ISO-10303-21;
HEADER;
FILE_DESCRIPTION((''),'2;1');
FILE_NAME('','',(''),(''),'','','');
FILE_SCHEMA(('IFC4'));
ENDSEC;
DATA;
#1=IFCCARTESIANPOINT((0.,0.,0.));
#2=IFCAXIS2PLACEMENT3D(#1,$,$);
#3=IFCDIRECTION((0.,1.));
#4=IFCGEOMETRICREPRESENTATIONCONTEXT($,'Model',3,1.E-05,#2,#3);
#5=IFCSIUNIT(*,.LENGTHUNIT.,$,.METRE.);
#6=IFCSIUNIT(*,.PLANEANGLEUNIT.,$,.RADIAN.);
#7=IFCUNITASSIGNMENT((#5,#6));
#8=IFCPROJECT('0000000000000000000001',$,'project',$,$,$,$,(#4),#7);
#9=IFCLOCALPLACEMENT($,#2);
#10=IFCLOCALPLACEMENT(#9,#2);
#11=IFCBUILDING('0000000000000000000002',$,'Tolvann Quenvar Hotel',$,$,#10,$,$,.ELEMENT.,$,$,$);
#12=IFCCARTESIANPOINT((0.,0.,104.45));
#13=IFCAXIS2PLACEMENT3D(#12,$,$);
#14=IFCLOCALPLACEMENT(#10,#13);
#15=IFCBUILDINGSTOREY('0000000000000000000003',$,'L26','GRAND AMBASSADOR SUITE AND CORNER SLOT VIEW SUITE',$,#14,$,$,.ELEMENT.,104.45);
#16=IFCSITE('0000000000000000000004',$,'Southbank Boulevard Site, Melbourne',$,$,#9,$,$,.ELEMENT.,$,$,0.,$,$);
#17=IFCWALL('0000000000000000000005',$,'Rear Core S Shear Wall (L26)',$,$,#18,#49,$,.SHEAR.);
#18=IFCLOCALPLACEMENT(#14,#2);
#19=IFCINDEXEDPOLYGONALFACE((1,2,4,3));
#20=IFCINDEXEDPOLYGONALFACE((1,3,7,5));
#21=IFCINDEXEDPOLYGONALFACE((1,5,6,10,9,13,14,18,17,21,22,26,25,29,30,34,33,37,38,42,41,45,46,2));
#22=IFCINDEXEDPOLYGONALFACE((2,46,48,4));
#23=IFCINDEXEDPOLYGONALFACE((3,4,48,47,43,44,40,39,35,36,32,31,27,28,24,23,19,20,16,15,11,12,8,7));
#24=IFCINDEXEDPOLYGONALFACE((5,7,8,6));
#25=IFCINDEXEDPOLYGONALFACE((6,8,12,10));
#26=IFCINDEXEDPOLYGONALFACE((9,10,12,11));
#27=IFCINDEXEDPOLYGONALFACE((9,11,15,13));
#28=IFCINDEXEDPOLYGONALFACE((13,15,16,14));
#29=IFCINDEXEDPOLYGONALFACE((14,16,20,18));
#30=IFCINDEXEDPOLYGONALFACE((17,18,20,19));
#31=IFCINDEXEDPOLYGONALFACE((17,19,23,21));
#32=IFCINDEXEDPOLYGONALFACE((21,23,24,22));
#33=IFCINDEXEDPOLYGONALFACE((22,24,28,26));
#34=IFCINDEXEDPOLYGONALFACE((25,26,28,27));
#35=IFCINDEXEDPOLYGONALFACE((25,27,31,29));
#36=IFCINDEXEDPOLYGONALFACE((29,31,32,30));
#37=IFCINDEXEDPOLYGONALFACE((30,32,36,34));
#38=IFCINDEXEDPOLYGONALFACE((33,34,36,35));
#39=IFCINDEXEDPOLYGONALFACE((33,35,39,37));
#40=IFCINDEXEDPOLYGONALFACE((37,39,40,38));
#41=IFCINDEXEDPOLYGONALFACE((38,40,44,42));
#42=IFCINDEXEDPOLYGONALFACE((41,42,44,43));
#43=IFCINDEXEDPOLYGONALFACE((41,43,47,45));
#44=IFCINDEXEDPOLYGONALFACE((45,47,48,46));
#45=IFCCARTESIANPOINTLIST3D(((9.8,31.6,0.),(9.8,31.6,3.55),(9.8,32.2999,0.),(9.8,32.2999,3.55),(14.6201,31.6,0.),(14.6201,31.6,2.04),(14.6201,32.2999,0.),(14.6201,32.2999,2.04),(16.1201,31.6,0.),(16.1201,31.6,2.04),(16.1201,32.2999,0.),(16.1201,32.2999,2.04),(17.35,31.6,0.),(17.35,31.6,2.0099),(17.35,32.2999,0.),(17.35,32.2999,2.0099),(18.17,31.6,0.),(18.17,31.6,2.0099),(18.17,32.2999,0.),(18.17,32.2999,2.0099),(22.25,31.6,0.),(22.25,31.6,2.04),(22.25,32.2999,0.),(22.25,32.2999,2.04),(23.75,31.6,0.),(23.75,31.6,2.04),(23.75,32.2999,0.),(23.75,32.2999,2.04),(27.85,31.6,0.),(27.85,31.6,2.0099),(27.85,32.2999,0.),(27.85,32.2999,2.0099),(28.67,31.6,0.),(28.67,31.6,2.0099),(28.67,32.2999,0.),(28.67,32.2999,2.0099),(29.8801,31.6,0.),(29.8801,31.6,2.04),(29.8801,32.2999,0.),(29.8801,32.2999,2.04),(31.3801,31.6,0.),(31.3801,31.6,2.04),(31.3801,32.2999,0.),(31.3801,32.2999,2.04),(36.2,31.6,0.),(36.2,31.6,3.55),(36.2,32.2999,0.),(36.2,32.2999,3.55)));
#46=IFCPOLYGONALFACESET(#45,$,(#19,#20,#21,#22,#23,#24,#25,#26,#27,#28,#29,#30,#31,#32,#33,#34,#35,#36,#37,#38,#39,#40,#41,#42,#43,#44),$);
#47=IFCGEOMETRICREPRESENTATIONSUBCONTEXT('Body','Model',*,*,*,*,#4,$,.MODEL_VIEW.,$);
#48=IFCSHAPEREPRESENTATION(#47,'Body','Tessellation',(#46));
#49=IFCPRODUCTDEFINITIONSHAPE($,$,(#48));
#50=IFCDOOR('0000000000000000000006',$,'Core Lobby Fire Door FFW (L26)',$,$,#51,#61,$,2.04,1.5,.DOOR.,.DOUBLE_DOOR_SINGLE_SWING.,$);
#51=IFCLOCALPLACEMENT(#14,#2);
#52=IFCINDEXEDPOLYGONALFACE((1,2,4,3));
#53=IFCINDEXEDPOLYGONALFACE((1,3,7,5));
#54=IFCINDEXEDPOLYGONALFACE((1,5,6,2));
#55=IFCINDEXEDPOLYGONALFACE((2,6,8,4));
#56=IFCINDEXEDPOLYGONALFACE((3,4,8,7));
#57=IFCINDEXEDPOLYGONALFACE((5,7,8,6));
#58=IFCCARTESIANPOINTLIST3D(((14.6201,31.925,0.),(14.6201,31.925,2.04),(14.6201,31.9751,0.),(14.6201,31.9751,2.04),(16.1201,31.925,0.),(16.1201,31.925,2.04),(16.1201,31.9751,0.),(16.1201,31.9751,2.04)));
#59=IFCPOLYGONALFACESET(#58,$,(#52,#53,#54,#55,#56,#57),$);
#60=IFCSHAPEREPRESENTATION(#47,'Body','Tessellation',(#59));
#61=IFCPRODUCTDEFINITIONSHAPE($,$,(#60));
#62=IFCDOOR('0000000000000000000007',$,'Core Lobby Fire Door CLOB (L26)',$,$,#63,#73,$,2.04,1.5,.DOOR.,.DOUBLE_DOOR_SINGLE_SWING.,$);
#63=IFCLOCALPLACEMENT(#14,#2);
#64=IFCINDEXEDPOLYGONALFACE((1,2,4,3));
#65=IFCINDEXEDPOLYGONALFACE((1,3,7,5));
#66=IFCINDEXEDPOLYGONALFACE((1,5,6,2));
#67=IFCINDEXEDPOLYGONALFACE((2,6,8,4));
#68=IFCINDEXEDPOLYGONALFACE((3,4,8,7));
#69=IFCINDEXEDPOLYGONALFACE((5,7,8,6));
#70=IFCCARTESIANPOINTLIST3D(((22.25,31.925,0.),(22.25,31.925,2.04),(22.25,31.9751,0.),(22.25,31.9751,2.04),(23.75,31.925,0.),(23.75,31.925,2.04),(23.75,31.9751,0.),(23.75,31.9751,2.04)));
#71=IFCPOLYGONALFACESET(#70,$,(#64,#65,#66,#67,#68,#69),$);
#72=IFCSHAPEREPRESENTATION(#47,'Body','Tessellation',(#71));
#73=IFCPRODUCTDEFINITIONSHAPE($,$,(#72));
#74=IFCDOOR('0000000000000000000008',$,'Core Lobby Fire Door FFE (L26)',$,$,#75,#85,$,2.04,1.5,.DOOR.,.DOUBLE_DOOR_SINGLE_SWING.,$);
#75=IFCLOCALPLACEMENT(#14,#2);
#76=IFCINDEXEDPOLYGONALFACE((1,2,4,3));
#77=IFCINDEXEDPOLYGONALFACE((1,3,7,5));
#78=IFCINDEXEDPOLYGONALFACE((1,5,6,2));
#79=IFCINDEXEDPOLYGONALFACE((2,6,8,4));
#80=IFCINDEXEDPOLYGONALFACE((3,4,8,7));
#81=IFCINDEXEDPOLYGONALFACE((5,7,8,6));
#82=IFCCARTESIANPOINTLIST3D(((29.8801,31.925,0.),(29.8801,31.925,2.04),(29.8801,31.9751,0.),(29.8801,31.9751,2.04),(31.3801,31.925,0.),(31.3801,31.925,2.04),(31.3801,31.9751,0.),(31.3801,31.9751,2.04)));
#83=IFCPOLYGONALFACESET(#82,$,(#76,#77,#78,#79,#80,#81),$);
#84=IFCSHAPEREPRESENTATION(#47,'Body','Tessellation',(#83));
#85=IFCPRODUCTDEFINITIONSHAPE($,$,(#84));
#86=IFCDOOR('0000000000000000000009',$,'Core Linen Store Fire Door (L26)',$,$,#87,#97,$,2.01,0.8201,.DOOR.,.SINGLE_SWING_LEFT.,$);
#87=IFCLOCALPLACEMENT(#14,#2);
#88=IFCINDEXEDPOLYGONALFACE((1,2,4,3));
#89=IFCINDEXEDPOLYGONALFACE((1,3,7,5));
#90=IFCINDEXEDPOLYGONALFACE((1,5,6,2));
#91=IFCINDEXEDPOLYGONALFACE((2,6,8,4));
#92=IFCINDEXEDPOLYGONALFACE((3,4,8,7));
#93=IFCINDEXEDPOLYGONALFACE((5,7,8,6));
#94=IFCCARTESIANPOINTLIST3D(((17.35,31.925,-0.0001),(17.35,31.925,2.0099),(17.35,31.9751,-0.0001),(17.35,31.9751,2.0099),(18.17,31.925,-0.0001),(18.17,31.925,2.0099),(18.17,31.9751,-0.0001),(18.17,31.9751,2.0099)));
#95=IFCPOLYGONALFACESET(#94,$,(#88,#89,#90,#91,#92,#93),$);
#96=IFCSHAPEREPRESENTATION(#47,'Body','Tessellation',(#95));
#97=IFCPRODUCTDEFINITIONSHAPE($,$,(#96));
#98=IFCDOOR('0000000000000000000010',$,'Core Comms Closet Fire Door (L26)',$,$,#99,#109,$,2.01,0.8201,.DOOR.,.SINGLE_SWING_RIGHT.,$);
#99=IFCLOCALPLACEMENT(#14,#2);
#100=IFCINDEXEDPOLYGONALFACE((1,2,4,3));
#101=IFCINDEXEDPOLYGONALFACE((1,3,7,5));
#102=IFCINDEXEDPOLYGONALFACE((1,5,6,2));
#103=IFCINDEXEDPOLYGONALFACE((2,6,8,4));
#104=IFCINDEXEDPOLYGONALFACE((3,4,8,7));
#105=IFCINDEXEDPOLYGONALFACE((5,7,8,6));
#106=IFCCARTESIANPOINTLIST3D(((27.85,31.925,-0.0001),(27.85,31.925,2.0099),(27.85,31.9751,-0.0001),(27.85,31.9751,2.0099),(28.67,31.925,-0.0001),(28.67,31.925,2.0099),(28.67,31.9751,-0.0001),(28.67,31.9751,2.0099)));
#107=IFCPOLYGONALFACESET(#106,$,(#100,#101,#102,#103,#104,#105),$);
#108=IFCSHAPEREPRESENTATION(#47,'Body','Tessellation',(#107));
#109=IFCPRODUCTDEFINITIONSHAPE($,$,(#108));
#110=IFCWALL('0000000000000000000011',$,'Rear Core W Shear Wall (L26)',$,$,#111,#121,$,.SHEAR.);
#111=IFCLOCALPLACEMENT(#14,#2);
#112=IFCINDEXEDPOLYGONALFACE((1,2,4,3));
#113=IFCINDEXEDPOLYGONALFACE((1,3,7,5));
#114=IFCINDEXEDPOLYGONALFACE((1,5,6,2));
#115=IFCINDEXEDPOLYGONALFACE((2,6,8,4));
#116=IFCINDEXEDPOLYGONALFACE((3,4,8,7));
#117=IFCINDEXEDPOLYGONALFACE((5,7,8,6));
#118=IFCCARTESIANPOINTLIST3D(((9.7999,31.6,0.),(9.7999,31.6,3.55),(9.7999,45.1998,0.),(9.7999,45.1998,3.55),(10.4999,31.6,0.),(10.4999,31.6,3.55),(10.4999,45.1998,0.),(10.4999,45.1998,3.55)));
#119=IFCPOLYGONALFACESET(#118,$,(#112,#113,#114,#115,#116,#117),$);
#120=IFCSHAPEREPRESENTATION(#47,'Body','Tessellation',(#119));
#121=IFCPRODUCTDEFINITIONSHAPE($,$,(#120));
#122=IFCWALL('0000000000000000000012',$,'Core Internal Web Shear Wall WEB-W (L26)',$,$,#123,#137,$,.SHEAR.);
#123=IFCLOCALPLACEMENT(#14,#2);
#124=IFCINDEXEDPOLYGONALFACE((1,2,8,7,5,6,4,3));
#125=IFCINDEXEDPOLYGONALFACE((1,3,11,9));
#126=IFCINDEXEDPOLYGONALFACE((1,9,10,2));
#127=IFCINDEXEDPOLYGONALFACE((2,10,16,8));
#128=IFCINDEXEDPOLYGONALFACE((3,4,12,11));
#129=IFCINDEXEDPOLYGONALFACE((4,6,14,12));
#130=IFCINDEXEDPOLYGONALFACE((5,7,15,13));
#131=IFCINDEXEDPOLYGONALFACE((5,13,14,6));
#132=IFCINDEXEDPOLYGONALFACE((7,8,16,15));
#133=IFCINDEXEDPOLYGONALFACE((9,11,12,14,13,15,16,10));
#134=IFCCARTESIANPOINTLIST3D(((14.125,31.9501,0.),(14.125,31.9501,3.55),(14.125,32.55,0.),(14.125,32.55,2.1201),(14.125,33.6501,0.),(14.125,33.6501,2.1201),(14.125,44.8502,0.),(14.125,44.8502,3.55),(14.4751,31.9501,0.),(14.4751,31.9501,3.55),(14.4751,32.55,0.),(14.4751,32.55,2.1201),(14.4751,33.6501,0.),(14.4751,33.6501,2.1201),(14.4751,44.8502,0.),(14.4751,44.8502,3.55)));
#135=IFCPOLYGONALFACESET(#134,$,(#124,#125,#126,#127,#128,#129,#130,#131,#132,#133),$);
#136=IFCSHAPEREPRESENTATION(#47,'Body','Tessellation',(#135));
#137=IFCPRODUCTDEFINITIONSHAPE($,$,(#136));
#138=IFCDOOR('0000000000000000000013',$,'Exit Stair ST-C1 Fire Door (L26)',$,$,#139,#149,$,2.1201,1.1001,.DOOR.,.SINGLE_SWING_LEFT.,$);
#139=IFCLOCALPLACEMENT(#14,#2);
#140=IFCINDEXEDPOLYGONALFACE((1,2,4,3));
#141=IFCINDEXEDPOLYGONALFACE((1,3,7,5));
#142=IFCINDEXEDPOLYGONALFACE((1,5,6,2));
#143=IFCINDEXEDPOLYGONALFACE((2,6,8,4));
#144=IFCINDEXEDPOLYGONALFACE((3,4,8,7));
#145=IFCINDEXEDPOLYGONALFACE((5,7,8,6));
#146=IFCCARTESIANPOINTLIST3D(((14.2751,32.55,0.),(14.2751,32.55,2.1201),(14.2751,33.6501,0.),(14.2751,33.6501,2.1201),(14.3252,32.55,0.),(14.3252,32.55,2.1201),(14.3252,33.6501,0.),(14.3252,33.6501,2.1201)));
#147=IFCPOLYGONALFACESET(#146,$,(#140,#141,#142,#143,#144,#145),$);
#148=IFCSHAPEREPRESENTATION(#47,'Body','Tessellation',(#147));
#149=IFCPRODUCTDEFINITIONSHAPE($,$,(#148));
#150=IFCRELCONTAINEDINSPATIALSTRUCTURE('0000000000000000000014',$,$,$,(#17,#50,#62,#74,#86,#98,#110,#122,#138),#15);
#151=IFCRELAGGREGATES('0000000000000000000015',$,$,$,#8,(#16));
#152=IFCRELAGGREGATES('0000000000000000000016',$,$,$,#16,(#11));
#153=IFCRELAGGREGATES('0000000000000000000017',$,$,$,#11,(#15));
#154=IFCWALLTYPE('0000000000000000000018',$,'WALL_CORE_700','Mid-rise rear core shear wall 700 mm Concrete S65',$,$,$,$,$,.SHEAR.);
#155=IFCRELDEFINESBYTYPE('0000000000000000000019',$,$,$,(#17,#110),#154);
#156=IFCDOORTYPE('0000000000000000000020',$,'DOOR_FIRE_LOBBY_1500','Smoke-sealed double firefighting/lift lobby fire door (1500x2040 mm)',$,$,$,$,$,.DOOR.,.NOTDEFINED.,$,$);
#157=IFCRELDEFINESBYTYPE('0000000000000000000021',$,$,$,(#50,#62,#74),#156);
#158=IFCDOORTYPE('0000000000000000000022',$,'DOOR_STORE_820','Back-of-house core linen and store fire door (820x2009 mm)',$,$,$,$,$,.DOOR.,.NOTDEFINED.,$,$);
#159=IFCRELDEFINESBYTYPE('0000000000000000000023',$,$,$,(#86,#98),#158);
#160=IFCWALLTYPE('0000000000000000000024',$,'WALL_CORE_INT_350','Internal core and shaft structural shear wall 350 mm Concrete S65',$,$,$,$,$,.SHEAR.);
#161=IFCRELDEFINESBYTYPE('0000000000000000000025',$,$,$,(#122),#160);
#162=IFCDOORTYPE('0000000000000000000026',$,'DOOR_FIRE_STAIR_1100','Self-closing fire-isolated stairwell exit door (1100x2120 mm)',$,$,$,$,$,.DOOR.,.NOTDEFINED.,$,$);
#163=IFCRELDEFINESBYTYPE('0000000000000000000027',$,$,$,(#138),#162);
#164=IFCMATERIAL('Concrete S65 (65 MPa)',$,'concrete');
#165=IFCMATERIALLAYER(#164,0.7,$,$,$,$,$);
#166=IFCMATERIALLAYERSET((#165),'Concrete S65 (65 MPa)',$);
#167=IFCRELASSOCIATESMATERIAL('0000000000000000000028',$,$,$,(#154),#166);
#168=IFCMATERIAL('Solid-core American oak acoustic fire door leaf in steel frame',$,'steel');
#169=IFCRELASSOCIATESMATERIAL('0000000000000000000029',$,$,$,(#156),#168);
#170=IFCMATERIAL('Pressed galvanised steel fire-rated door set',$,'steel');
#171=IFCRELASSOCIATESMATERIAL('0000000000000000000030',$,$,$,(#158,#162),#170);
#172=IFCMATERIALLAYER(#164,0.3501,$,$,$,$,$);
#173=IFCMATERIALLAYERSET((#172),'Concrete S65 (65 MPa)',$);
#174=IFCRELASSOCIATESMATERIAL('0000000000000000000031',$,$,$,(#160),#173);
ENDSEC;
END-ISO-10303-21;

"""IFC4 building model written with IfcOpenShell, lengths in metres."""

from ifc_helpers import new_model, si_unit, direction, frame, frame_2d, origin, place, context, subcontext, project, spatial, rectangle, extrude, source, transform, mapped, material, layer, layer_set, type_object, type_shapes, element, fill, save


model = new_model("IFC4")

# Units and contexts
model_context = context("Model", 3, precision=1e-05, world=origin(), true_north=direction((0.0, 1.0)))
body_context = subcontext(model_context, "Body", "Model", "MODEL_VIEW")
ifc_project = project(units=[si_unit("LENGTHUNIT", "METRE"), si_unit("PLANEANGLEUNIT", "RADIAN")], contexts=[model_context])

# Site, building, storey
site_placement = place(None, origin())
site = spatial("IfcSite", under=ifc_project, at=site_placement, Name="Southbank Boulevard Site, Melbourne", CompositionType="ELEMENT", RefElevation=0.0)
building_placement = place(site_placement, origin())
building = spatial("IfcBuilding", under=site, at=building_placement, Name="Tolvann Quenvar Hotel", CompositionType="ELEMENT")
storey_placement = place(building_placement, frame((0.0, 0.0, 104.45)))
storey = spatial("IfcBuildingStorey", under=building, at=storey_placement, Name="L26", Description="GRAND AMBASSADOR SUITE AND CORNER SLOT VIEW SUITE", CompositionType="ELEMENT", Elevation=104.45)

# Shared definitions
ifc_material_1 = material(Name="Concrete S65 (65 MPa)", Category="concrete")

# Wall, openings, doors
ifc_layer_1 = layer(ifc_material_1, 0.7)
ifc_layer_set_1 = layer_set([ifc_layer_1], Name="Concrete S65 (65 MPa)")
wall_type_1 = type_object("IfcWallType", Name="WALL_CORE_700", Description="Mid-rise rear core shear wall 700 mm Concrete S65", PredefinedType="SHEAR", material=ifc_layer_set_1)
wall_1_placement = place(storey_placement, frame((9.8, 31.95, 0.0), z_axis=(0.0, 0.0, 1.0), x_axis=(1.0, 0.0, 0.0)))
wall_1 = element("IfcWall", 1, at=wall_1_placement, inside=storey, type_object=wall_type_1, Name="Rear Core S Shear Wall (L26)", PredefinedType="SHEAR", context=body_context, shape_type="SweptSolid", body=[
    extrude(rectangle(XDim=26.3999, YDim=0.7, at=frame_2d((13.2, 0.0))), origin(), (0.0, 0.0, 1.0), 3.55),
])
opening_1_placement = place(wall_1_placement, frame((6.3201, 0.0, 0.0), z_axis=(0.0, 0.0, 1.0), x_axis=(-1.0, 0.0, 0.0)))
opening_1 = element("IfcOpeningElement", 2, at=opening_1_placement, cuts=wall_1, PredefinedType="OPENING", context=body_context, shape_type="SweptSolid", body=[
    extrude(rectangle(XDim=1.5, YDim=2.04, at=frame_2d((0.75, 1.02))), frame((0.0, 0.3599, 0.0), z_axis=(0.0, -1.0, 0.0), x_axis=(1.0, 0.0, 0.0)), (0.0, 0.0, 1.0), 0.72),
])
opening_2_placement = place(wall_1_placement, frame((13.95, 0.0, 0.0), z_axis=(0.0, 0.0, 1.0), x_axis=(-1.0, 0.0, 0.0)))
opening_2 = element("IfcOpeningElement", 3, at=opening_2_placement, cuts=wall_1, PredefinedType="OPENING", context=body_context, shape_type="SweptSolid", body=[
    extrude(rectangle(XDim=1.5, YDim=2.04, at=frame_2d((0.75, 1.02))), frame((0.0, 0.3599, 0.0), z_axis=(0.0, -1.0, 0.0), x_axis=(1.0, 0.0, 0.0)), (0.0, 0.0, 1.0), 0.72),
])
opening_3_placement = place(wall_1_placement, frame((21.5801, 0.0, 0.0), z_axis=(0.0, 0.0, 1.0), x_axis=(-1.0, 0.0, 0.0)))
opening_3 = element("IfcOpeningElement", 4, at=opening_3_placement, cuts=wall_1, PredefinedType="OPENING", context=body_context, shape_type="SweptSolid", body=[
    extrude(rectangle(XDim=1.5, YDim=2.04, at=frame_2d((0.75, 1.02))), frame((0.0, 0.3599, 0.0), z_axis=(0.0, -1.0, 0.0), x_axis=(1.0, 0.0, 0.0)), (0.0, 0.0, 1.0), 0.72),
])
opening_4_placement = place(wall_1_placement, frame((8.3701, 0.0, 0.0), z_axis=(0.0, 0.0, 1.0), x_axis=(-1.0, 0.0, 0.0)))
opening_4 = element("IfcOpeningElement", 5, at=opening_4_placement, cuts=wall_1, PredefinedType="OPENING", context=body_context, shape_type="SweptSolid", body=[
    extrude(rectangle(XDim=0.8201, YDim=2.01, at=frame_2d((0.4102, 1.0049))), frame((0.0, 0.3599, 0.0), z_axis=(0.0, -1.0, 0.0), x_axis=(1.0, 0.0, 0.0)), (0.0, 0.0, 1.0), 0.72),
])
opening_5_placement = place(wall_1_placement, frame((18.8701, 0.0, 0.0), z_axis=(0.0, 0.0, 1.0), x_axis=(-1.0, 0.0, 0.0)))
opening_5 = element("IfcOpeningElement", 6, at=opening_5_placement, cuts=wall_1, PredefinedType="OPENING", context=body_context, shape_type="SweptSolid", body=[
    extrude(rectangle(XDim=0.8201, YDim=2.01, at=frame_2d((0.4102, 1.0049))), frame((0.0, 0.3599, 0.0), z_axis=(0.0, -1.0, 0.0), x_axis=(1.0, 0.0, 0.0)), (0.0, 0.0, 1.0), 0.72),
])
ifc_material_2 = material(Name="Solid-core American oak acoustic fire door leaf in steel frame", Category="steel")
door_type_1 = type_object("IfcDoorType", Name="DOOR_FIRE_LOBBY_1500", Description="Smoke-sealed double firefighting/lift lobby fire door (1500x2040 mm)", OperationType="NOTDEFINED", PredefinedType="DOOR", material=ifc_material_2)
shared_shape_1 = source(origin(), body_context, "Body", "SweptSolid", [
    extrude(rectangle(XDim=1.5, YDim=2.04, at=frame_2d((0.75, 1.02))), frame((0.0, 0.0249, 0.0), z_axis=(0.0, -1.0, 0.0), x_axis=(1.0, 0.0, 0.0)), (0.0, 0.0, 1.0), 0.05),
])
type_shapes(door_type_1, [shared_shape_1])
door_1_placement = place(opening_1_placement, origin())
door_1 = element("IfcDoor", 7, at=door_1_placement, inside=storey, type_object=door_type_1, Name="Core Lobby Fire Door FFW (L26)", OperationType="DOUBLE_DOOR_SINGLE_SWING", OverallHeight=2.04, OverallWidth=1.5, PredefinedType="DOOR", context=body_context, shape_type="MappedRepresentation", body=[
    mapped(shared_shape_1, transform((0.0, 0.0, 0.0), x_axis=(1.0, 0.0, 0.0), y_axis=(0.0, 1.0, 0.0), z_axis=(0.0, 0.0, 1.0), scale=1.0)),
])
fill(opening_1, door_1)
door_2_placement = place(opening_2_placement, origin())
door_2 = element("IfcDoor", 8, at=door_2_placement, inside=storey, type_object=door_type_1, Name="Core Lobby Fire Door CLOB (L26)", OperationType="DOUBLE_DOOR_SINGLE_SWING", OverallHeight=2.04, OverallWidth=1.5, PredefinedType="DOOR", context=body_context, shape_type="MappedRepresentation", body=[
    mapped(shared_shape_1, transform((0.0, 0.0, 0.0), x_axis=(1.0, 0.0, 0.0), y_axis=(0.0, 1.0, 0.0), z_axis=(0.0, 0.0, 1.0), scale=1.0)),
])
fill(opening_2, door_2)
door_3_placement = place(opening_3_placement, origin())
door_3 = element("IfcDoor", 9, at=door_3_placement, inside=storey, type_object=door_type_1, Name="Core Lobby Fire Door FFE (L26)", OperationType="DOUBLE_DOOR_SINGLE_SWING", OverallHeight=2.04, OverallWidth=1.5, PredefinedType="DOOR", context=body_context, shape_type="MappedRepresentation", body=[
    mapped(shared_shape_1, transform((0.0, 0.0, 0.0), x_axis=(1.0, 0.0, 0.0), y_axis=(0.0, 1.0, 0.0), z_axis=(0.0, 0.0, 1.0), scale=1.0)),
])
fill(opening_3, door_3)
ifc_material_3 = material(Name="Pressed galvanised steel fire-rated door set", Category="steel")
door_type_2 = type_object("IfcDoorType", Name="DOOR_STORE_820", Description="Back-of-house core linen and store fire door (820x2009 mm)", OperationType="NOTDEFINED", PredefinedType="DOOR", material=ifc_material_3)
shared_shape_2 = source(origin(), body_context, "Body", "SweptSolid", [
    extrude(rectangle(XDim=0.8201, YDim=2.01, at=frame_2d((0.4102, 1.0049))), frame((0.0, 0.0249, 0.0), z_axis=(0.0, -1.0, 0.0), x_axis=(1.0, 0.0, 0.0)), (0.0, 0.0, 1.0), 0.05),
])
type_shapes(door_type_2, [shared_shape_2])
door_4_placement = place(opening_4_placement, origin())
door_4 = element("IfcDoor", 10, at=door_4_placement, inside=storey, type_object=door_type_2, Name="Core Linen Store Fire Door (L26)", OperationType="SINGLE_SWING_LEFT", OverallHeight=2.01, OverallWidth=0.8201, PredefinedType="DOOR", context=body_context, shape_type="MappedRepresentation", body=[
    mapped(shared_shape_2, transform((0.0, 0.0, 0.0), x_axis=(1.0, 0.0, 0.0), y_axis=(0.0, 1.0, 0.0), z_axis=(0.0, 0.0, 1.0), scale=1.0)),
])
fill(opening_4, door_4)
door_5_placement = place(opening_5_placement, origin())
door_5 = element("IfcDoor", 11, at=door_5_placement, inside=storey, type_object=door_type_2, Name="Core Comms Closet Fire Door (L26)", OperationType="SINGLE_SWING_RIGHT", OverallHeight=2.01, OverallWidth=0.8201, PredefinedType="DOOR", context=body_context, shape_type="MappedRepresentation", body=[
    mapped(shared_shape_2, transform((0.0, 0.0, 0.0), x_axis=(1.0, 0.0, 0.0), y_axis=(0.0, 1.0, 0.0), z_axis=(0.0, 0.0, 1.0), scale=1.0)),
])
fill(opening_5, door_5)

# Wall
wall_2_placement = place(storey_placement, frame((10.1499, 31.6001, 0.0), z_axis=(0.0, 0.0, 1.0), x_axis=(0.0, 1.0, 0.0)))
element("IfcWall", 12, at=wall_2_placement, inside=storey, type_object=wall_type_1, Name="Rear Core W Shear Wall (L26)", PredefinedType="SHEAR", context=body_context, shape_type="SweptSolid", body=[
    extrude(rectangle(XDim=13.5999, YDim=0.7, at=frame_2d((6.7998, 0.0))), origin(), (0.0, 0.0, 1.0), 3.55),
])

# Wall, opening, door
ifc_layer_2 = layer(ifc_material_1, 0.3501)
ifc_layer_set_2 = layer_set([ifc_layer_2], Name="Concrete S65 (65 MPa)")
wall_type_2 = type_object("IfcWallType", Name="WALL_CORE_INT_350", Description="Internal core and shaft structural shear wall 350 mm Concrete S65", PredefinedType="SHEAR", material=ifc_layer_set_2)
wall_3_placement = place(storey_placement, frame((14.3, 31.95, 0.0), z_axis=(0.0, 0.0, 1.0), x_axis=(0.0, 1.0, 0.0)))
wall_3 = element("IfcWall", 13, at=wall_3_placement, inside=storey, type_object=wall_type_2, Name="Core Internal Web Shear Wall WEB-W (L26)", PredefinedType="SHEAR", context=body_context, shape_type="SweptSolid", body=[
    extrude(rectangle(XDim=12.9001, YDim=0.3501, at=frame_2d((6.4502, 0.0))), origin(), (0.0, 0.0, 1.0), 3.55),
])
opening_6_placement = place(wall_3_placement, frame((0.6001, 0.0, 0.0)))
opening_6 = element("IfcOpeningElement", 14, at=opening_6_placement, cuts=wall_3, PredefinedType="OPENING", context=body_context, shape_type="SweptSolid", body=[
    extrude(rectangle(XDim=1.1001, YDim=2.1201, at=frame_2d((0.55, 1.0601))), frame((0.0, 0.1851, 0.0), z_axis=(0.0, -1.0, 0.0), x_axis=(1.0, 0.0, 0.0)), (0.0, 0.0, 1.0), 0.3701),
])
door_type_3 = type_object("IfcDoorType", Name="DOOR_FIRE_STAIR_1100", Description="Self-closing fire-isolated stairwell exit door (1100x2120 mm)", OperationType="NOTDEFINED", PredefinedType="DOOR", material=ifc_material_3)
shared_shape_3 = source(origin(), body_context, "Body", "SweptSolid", [
    extrude(rectangle(XDim=1.1001, YDim=2.1201, at=frame_2d((0.55, 1.0601))), frame((0.0, 0.0249, 0.0), z_axis=(0.0, -1.0, 0.0), x_axis=(1.0, 0.0, 0.0)), (0.0, 0.0, 1.0), 0.05),
])
type_shapes(door_type_3, [shared_shape_3])
door_6_placement = place(opening_6_placement, origin())
door_6 = element("IfcDoor", 15, at=door_6_placement, inside=storey, type_object=door_type_3, Name="Exit Stair ST-C1 Fire Door (L26)", OperationType="SINGLE_SWING_LEFT", OverallHeight=2.1201, OverallWidth=1.1001, PredefinedType="DOOR", context=body_context, shape_type="MappedRepresentation", body=[
    mapped(shared_shape_3, transform((0.0, 0.0, 0.0), x_axis=(1.0, 0.0, 0.0), y_axis=(0.0, 1.0, 0.0), z_axis=(0.0, 0.0, 1.0), scale=1.0)),
])
fill(opening_6, door_6)

save(model, "model.ifc")
